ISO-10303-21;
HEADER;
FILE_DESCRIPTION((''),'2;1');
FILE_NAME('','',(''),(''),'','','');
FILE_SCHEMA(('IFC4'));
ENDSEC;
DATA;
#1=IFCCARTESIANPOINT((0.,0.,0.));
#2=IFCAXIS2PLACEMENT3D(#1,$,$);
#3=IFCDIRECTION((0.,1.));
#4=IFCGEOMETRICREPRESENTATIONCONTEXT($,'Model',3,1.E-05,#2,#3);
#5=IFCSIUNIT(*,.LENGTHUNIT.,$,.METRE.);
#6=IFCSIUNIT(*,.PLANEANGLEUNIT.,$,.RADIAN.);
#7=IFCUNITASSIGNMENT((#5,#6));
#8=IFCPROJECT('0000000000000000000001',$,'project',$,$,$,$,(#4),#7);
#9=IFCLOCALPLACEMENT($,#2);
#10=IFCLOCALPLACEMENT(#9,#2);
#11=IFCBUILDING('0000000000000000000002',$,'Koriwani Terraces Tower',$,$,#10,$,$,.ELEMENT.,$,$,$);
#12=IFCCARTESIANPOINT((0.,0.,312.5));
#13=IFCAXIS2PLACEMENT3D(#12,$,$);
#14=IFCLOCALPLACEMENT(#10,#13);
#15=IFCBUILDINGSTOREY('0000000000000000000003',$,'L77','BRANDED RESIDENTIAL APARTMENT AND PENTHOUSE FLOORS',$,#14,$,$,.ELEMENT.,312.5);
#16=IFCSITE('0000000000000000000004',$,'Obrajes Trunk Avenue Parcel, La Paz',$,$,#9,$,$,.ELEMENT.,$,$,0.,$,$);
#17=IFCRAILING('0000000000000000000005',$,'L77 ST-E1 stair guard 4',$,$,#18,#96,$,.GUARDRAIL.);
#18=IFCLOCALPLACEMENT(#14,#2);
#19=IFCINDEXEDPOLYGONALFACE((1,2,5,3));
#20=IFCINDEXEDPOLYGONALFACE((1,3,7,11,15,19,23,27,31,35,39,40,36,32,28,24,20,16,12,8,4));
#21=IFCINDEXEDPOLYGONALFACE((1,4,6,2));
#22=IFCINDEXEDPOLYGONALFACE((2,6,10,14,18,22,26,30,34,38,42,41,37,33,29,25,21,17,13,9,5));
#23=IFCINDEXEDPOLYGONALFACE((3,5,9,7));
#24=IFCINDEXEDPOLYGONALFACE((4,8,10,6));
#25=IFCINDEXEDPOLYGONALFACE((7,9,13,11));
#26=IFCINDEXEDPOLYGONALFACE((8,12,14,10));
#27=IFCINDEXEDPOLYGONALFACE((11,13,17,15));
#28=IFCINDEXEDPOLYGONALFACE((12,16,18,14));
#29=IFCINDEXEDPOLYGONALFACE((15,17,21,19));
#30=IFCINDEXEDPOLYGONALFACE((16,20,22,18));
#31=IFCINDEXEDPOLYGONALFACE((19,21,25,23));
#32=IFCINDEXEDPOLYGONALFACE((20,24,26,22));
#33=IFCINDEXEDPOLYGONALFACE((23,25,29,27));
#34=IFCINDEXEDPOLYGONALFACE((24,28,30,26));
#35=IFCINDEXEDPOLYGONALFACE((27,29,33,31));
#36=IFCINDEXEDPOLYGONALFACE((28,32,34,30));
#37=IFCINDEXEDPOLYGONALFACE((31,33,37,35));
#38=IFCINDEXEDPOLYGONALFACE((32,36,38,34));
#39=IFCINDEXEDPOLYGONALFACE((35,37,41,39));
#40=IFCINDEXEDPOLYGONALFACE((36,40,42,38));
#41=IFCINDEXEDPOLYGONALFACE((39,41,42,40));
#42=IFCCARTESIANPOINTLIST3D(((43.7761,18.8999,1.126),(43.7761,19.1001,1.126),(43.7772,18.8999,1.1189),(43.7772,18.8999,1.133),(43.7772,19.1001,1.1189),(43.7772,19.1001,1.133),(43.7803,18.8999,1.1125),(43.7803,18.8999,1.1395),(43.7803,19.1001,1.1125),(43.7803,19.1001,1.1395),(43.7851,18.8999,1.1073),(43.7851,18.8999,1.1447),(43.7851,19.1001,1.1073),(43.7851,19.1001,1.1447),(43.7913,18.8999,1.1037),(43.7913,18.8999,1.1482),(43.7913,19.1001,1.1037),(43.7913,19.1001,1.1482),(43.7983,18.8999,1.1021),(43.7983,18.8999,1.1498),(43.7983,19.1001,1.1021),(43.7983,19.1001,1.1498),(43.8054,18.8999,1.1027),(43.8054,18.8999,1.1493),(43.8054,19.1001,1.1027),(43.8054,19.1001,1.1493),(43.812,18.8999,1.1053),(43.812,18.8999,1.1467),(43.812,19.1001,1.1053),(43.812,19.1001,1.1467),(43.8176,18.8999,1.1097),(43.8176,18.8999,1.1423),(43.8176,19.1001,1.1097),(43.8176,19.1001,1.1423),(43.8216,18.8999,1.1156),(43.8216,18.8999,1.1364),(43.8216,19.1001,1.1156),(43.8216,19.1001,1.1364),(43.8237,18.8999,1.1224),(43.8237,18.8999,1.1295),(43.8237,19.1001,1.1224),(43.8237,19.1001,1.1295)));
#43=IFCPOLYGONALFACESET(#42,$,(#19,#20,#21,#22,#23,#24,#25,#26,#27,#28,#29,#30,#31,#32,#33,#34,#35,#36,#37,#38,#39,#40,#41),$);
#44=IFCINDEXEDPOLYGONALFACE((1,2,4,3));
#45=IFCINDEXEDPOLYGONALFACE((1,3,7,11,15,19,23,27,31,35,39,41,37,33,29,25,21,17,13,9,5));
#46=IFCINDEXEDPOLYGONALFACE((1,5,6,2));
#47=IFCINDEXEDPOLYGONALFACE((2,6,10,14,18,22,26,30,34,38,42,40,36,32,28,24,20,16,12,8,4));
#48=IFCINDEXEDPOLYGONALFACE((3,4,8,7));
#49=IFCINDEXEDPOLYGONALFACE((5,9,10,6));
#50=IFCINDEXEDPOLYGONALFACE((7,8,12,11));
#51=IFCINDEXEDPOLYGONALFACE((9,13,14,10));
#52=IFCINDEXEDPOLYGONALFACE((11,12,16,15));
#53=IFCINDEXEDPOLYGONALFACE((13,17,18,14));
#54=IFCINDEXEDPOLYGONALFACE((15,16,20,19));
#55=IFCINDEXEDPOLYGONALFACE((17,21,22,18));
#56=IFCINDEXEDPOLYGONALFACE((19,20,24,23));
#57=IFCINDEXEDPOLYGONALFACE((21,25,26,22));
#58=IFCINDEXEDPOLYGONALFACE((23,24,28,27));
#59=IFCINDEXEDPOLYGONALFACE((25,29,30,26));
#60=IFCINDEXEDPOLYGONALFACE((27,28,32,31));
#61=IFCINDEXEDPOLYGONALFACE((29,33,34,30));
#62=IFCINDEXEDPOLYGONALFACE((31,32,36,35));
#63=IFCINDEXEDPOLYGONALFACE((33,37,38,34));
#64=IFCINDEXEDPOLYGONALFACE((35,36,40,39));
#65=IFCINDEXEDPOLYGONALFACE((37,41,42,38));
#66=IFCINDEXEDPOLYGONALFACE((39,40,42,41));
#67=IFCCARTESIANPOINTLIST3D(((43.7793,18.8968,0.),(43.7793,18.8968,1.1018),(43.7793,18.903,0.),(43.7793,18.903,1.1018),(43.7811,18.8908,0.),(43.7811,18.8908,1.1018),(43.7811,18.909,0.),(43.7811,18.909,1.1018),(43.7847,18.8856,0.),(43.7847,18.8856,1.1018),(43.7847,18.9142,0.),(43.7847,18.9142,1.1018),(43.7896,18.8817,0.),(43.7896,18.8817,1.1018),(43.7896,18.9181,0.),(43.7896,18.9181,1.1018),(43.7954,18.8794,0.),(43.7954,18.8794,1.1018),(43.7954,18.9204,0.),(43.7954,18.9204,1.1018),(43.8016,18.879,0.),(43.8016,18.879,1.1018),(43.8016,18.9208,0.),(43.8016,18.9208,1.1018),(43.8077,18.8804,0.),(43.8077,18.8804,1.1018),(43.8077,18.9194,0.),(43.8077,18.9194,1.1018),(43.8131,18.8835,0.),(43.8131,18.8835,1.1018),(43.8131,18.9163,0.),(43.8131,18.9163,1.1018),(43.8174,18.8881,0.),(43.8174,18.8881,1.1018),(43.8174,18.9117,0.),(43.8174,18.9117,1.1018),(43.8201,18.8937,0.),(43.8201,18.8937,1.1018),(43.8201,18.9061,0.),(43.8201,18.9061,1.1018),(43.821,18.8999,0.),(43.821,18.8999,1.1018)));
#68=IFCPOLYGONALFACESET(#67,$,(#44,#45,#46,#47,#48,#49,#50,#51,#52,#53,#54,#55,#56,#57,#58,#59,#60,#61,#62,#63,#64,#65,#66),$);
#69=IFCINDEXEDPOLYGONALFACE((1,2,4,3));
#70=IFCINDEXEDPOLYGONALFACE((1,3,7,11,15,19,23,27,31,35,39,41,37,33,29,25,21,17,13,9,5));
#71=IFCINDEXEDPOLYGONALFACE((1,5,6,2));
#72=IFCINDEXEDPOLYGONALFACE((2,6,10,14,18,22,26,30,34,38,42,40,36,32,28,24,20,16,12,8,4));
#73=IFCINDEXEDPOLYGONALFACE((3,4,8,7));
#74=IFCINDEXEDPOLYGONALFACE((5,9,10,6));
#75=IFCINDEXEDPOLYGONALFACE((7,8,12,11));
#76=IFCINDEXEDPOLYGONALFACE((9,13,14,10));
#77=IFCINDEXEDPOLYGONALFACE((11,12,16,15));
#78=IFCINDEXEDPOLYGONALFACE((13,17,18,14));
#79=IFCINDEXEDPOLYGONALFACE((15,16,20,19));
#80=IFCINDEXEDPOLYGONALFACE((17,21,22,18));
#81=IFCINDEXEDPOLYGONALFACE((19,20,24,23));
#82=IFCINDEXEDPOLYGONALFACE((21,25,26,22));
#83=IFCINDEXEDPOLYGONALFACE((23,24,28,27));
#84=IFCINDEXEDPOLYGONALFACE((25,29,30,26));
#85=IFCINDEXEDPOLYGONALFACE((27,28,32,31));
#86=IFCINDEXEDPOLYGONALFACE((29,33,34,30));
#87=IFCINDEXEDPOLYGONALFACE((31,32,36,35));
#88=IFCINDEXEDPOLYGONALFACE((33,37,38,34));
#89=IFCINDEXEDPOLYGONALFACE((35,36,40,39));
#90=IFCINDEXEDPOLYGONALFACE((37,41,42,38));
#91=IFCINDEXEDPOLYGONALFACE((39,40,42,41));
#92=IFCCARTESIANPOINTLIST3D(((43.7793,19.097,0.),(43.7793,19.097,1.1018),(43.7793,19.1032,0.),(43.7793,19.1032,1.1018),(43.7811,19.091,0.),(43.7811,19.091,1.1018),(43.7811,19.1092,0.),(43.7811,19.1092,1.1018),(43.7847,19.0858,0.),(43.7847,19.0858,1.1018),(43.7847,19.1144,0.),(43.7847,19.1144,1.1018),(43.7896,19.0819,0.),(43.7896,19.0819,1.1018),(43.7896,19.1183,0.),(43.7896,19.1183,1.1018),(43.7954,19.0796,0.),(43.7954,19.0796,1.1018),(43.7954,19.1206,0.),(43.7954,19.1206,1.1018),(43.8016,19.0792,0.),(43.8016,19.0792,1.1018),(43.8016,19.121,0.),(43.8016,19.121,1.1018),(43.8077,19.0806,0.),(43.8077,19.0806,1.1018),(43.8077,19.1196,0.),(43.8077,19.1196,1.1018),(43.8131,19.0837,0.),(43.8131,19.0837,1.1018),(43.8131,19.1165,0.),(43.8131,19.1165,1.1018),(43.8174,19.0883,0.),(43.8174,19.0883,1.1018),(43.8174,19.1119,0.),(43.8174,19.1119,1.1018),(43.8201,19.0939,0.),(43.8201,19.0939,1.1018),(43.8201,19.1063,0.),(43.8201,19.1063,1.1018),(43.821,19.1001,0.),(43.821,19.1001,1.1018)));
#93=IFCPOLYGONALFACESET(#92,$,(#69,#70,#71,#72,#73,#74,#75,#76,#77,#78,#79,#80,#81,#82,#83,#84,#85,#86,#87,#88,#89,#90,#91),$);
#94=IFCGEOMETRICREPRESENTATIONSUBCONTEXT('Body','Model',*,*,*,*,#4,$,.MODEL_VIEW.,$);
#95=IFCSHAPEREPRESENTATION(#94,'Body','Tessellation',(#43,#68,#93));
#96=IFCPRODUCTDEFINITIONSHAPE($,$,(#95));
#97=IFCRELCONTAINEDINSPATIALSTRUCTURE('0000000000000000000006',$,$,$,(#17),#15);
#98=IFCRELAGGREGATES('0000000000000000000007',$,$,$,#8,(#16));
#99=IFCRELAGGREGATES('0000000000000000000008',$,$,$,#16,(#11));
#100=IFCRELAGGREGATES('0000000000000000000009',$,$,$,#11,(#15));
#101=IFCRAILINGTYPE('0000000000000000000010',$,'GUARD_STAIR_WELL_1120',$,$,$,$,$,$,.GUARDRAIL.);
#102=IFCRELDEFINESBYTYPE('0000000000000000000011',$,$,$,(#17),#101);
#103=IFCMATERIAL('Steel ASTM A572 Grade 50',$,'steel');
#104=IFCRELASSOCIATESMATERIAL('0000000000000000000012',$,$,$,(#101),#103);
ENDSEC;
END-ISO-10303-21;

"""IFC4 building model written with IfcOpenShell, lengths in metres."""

from ifc_helpers import new_model, si_unit, direction, frame, origin, origin_2d, place, context, subcontext, project, spatial, circle, extrude, material, type_object, element, save


model = new_model("IFC4")

# Units and contexts
model_context = context("Model", 3, precision=1e-05, world=origin(), true_north=direction((0.0, 1.0)))
body_context = subcontext(model_context, "Body", "Model", "MODEL_VIEW")
ifc_project = project(units=[si_unit("LENGTHUNIT", "METRE"), si_unit("PLANEANGLEUNIT", "RADIAN")], contexts=[model_context])

# Site, building, storey
site_placement = place(None, origin())
site = spatial("IfcSite", under=ifc_project, at=site_placement, Name="Obrajes Trunk Avenue Parcel, La Paz", CompositionType="ELEMENT", RefElevation=0.0)
building_placement = place(site_placement, origin())
building = spatial("IfcBuilding", under=site, at=building_placement, Name="Koriwani Terraces Tower", CompositionType="ELEMENT")
storey_placement = place(building_placement, frame((0.0, 0.0, 312.5)))
storey = spatial("IfcBuildingStorey", under=building, at=storey_placement, Name="L77", Description="BRANDED RESIDENTIAL APARTMENT AND PENTHOUSE FLOORS", CompositionType="ELEMENT", Elevation=312.5)

# Railing
ifc_material_1 = material(Name="Steel ASTM A572 Grade 50", Category="steel")
railing_type_1 = type_object("IfcRailingType", Name="GUARD_STAIR_WELL_1120", PredefinedType="GUARDRAIL", material=ifc_material_1)
railing_1_placement = place(storey_placement, frame((43.8, 18.8999, 0.0)))
element("IfcRailing", 1, at=railing_1_placement, inside=storey, type_object=railing_type_1, Name="L77 ST-E1 stair guard 4", PredefinedType="GUARDRAIL", context=body_context, shape_type="SweptSolid", body=[
    extrude(circle(Radius=0.0239, at=origin_2d()), frame((0.0, 0.0, 1.126), z_axis=(0.0, 1.0, 0.0), x_axis=(-1.0, 0.0, 0.0)), (0.0, 0.0, 1.0), 0.2002),
    extrude(circle(Radius=0.021, at=origin_2d()), origin(), (0.0, 0.0, 1.0), 1.1018),
    extrude(circle(Radius=0.021, at=origin_2d()), frame((0.0, 0.2002, 0.0)), (0.0, 0.0, 1.0), 1.1018),
])

save(model, "model.ifc")
